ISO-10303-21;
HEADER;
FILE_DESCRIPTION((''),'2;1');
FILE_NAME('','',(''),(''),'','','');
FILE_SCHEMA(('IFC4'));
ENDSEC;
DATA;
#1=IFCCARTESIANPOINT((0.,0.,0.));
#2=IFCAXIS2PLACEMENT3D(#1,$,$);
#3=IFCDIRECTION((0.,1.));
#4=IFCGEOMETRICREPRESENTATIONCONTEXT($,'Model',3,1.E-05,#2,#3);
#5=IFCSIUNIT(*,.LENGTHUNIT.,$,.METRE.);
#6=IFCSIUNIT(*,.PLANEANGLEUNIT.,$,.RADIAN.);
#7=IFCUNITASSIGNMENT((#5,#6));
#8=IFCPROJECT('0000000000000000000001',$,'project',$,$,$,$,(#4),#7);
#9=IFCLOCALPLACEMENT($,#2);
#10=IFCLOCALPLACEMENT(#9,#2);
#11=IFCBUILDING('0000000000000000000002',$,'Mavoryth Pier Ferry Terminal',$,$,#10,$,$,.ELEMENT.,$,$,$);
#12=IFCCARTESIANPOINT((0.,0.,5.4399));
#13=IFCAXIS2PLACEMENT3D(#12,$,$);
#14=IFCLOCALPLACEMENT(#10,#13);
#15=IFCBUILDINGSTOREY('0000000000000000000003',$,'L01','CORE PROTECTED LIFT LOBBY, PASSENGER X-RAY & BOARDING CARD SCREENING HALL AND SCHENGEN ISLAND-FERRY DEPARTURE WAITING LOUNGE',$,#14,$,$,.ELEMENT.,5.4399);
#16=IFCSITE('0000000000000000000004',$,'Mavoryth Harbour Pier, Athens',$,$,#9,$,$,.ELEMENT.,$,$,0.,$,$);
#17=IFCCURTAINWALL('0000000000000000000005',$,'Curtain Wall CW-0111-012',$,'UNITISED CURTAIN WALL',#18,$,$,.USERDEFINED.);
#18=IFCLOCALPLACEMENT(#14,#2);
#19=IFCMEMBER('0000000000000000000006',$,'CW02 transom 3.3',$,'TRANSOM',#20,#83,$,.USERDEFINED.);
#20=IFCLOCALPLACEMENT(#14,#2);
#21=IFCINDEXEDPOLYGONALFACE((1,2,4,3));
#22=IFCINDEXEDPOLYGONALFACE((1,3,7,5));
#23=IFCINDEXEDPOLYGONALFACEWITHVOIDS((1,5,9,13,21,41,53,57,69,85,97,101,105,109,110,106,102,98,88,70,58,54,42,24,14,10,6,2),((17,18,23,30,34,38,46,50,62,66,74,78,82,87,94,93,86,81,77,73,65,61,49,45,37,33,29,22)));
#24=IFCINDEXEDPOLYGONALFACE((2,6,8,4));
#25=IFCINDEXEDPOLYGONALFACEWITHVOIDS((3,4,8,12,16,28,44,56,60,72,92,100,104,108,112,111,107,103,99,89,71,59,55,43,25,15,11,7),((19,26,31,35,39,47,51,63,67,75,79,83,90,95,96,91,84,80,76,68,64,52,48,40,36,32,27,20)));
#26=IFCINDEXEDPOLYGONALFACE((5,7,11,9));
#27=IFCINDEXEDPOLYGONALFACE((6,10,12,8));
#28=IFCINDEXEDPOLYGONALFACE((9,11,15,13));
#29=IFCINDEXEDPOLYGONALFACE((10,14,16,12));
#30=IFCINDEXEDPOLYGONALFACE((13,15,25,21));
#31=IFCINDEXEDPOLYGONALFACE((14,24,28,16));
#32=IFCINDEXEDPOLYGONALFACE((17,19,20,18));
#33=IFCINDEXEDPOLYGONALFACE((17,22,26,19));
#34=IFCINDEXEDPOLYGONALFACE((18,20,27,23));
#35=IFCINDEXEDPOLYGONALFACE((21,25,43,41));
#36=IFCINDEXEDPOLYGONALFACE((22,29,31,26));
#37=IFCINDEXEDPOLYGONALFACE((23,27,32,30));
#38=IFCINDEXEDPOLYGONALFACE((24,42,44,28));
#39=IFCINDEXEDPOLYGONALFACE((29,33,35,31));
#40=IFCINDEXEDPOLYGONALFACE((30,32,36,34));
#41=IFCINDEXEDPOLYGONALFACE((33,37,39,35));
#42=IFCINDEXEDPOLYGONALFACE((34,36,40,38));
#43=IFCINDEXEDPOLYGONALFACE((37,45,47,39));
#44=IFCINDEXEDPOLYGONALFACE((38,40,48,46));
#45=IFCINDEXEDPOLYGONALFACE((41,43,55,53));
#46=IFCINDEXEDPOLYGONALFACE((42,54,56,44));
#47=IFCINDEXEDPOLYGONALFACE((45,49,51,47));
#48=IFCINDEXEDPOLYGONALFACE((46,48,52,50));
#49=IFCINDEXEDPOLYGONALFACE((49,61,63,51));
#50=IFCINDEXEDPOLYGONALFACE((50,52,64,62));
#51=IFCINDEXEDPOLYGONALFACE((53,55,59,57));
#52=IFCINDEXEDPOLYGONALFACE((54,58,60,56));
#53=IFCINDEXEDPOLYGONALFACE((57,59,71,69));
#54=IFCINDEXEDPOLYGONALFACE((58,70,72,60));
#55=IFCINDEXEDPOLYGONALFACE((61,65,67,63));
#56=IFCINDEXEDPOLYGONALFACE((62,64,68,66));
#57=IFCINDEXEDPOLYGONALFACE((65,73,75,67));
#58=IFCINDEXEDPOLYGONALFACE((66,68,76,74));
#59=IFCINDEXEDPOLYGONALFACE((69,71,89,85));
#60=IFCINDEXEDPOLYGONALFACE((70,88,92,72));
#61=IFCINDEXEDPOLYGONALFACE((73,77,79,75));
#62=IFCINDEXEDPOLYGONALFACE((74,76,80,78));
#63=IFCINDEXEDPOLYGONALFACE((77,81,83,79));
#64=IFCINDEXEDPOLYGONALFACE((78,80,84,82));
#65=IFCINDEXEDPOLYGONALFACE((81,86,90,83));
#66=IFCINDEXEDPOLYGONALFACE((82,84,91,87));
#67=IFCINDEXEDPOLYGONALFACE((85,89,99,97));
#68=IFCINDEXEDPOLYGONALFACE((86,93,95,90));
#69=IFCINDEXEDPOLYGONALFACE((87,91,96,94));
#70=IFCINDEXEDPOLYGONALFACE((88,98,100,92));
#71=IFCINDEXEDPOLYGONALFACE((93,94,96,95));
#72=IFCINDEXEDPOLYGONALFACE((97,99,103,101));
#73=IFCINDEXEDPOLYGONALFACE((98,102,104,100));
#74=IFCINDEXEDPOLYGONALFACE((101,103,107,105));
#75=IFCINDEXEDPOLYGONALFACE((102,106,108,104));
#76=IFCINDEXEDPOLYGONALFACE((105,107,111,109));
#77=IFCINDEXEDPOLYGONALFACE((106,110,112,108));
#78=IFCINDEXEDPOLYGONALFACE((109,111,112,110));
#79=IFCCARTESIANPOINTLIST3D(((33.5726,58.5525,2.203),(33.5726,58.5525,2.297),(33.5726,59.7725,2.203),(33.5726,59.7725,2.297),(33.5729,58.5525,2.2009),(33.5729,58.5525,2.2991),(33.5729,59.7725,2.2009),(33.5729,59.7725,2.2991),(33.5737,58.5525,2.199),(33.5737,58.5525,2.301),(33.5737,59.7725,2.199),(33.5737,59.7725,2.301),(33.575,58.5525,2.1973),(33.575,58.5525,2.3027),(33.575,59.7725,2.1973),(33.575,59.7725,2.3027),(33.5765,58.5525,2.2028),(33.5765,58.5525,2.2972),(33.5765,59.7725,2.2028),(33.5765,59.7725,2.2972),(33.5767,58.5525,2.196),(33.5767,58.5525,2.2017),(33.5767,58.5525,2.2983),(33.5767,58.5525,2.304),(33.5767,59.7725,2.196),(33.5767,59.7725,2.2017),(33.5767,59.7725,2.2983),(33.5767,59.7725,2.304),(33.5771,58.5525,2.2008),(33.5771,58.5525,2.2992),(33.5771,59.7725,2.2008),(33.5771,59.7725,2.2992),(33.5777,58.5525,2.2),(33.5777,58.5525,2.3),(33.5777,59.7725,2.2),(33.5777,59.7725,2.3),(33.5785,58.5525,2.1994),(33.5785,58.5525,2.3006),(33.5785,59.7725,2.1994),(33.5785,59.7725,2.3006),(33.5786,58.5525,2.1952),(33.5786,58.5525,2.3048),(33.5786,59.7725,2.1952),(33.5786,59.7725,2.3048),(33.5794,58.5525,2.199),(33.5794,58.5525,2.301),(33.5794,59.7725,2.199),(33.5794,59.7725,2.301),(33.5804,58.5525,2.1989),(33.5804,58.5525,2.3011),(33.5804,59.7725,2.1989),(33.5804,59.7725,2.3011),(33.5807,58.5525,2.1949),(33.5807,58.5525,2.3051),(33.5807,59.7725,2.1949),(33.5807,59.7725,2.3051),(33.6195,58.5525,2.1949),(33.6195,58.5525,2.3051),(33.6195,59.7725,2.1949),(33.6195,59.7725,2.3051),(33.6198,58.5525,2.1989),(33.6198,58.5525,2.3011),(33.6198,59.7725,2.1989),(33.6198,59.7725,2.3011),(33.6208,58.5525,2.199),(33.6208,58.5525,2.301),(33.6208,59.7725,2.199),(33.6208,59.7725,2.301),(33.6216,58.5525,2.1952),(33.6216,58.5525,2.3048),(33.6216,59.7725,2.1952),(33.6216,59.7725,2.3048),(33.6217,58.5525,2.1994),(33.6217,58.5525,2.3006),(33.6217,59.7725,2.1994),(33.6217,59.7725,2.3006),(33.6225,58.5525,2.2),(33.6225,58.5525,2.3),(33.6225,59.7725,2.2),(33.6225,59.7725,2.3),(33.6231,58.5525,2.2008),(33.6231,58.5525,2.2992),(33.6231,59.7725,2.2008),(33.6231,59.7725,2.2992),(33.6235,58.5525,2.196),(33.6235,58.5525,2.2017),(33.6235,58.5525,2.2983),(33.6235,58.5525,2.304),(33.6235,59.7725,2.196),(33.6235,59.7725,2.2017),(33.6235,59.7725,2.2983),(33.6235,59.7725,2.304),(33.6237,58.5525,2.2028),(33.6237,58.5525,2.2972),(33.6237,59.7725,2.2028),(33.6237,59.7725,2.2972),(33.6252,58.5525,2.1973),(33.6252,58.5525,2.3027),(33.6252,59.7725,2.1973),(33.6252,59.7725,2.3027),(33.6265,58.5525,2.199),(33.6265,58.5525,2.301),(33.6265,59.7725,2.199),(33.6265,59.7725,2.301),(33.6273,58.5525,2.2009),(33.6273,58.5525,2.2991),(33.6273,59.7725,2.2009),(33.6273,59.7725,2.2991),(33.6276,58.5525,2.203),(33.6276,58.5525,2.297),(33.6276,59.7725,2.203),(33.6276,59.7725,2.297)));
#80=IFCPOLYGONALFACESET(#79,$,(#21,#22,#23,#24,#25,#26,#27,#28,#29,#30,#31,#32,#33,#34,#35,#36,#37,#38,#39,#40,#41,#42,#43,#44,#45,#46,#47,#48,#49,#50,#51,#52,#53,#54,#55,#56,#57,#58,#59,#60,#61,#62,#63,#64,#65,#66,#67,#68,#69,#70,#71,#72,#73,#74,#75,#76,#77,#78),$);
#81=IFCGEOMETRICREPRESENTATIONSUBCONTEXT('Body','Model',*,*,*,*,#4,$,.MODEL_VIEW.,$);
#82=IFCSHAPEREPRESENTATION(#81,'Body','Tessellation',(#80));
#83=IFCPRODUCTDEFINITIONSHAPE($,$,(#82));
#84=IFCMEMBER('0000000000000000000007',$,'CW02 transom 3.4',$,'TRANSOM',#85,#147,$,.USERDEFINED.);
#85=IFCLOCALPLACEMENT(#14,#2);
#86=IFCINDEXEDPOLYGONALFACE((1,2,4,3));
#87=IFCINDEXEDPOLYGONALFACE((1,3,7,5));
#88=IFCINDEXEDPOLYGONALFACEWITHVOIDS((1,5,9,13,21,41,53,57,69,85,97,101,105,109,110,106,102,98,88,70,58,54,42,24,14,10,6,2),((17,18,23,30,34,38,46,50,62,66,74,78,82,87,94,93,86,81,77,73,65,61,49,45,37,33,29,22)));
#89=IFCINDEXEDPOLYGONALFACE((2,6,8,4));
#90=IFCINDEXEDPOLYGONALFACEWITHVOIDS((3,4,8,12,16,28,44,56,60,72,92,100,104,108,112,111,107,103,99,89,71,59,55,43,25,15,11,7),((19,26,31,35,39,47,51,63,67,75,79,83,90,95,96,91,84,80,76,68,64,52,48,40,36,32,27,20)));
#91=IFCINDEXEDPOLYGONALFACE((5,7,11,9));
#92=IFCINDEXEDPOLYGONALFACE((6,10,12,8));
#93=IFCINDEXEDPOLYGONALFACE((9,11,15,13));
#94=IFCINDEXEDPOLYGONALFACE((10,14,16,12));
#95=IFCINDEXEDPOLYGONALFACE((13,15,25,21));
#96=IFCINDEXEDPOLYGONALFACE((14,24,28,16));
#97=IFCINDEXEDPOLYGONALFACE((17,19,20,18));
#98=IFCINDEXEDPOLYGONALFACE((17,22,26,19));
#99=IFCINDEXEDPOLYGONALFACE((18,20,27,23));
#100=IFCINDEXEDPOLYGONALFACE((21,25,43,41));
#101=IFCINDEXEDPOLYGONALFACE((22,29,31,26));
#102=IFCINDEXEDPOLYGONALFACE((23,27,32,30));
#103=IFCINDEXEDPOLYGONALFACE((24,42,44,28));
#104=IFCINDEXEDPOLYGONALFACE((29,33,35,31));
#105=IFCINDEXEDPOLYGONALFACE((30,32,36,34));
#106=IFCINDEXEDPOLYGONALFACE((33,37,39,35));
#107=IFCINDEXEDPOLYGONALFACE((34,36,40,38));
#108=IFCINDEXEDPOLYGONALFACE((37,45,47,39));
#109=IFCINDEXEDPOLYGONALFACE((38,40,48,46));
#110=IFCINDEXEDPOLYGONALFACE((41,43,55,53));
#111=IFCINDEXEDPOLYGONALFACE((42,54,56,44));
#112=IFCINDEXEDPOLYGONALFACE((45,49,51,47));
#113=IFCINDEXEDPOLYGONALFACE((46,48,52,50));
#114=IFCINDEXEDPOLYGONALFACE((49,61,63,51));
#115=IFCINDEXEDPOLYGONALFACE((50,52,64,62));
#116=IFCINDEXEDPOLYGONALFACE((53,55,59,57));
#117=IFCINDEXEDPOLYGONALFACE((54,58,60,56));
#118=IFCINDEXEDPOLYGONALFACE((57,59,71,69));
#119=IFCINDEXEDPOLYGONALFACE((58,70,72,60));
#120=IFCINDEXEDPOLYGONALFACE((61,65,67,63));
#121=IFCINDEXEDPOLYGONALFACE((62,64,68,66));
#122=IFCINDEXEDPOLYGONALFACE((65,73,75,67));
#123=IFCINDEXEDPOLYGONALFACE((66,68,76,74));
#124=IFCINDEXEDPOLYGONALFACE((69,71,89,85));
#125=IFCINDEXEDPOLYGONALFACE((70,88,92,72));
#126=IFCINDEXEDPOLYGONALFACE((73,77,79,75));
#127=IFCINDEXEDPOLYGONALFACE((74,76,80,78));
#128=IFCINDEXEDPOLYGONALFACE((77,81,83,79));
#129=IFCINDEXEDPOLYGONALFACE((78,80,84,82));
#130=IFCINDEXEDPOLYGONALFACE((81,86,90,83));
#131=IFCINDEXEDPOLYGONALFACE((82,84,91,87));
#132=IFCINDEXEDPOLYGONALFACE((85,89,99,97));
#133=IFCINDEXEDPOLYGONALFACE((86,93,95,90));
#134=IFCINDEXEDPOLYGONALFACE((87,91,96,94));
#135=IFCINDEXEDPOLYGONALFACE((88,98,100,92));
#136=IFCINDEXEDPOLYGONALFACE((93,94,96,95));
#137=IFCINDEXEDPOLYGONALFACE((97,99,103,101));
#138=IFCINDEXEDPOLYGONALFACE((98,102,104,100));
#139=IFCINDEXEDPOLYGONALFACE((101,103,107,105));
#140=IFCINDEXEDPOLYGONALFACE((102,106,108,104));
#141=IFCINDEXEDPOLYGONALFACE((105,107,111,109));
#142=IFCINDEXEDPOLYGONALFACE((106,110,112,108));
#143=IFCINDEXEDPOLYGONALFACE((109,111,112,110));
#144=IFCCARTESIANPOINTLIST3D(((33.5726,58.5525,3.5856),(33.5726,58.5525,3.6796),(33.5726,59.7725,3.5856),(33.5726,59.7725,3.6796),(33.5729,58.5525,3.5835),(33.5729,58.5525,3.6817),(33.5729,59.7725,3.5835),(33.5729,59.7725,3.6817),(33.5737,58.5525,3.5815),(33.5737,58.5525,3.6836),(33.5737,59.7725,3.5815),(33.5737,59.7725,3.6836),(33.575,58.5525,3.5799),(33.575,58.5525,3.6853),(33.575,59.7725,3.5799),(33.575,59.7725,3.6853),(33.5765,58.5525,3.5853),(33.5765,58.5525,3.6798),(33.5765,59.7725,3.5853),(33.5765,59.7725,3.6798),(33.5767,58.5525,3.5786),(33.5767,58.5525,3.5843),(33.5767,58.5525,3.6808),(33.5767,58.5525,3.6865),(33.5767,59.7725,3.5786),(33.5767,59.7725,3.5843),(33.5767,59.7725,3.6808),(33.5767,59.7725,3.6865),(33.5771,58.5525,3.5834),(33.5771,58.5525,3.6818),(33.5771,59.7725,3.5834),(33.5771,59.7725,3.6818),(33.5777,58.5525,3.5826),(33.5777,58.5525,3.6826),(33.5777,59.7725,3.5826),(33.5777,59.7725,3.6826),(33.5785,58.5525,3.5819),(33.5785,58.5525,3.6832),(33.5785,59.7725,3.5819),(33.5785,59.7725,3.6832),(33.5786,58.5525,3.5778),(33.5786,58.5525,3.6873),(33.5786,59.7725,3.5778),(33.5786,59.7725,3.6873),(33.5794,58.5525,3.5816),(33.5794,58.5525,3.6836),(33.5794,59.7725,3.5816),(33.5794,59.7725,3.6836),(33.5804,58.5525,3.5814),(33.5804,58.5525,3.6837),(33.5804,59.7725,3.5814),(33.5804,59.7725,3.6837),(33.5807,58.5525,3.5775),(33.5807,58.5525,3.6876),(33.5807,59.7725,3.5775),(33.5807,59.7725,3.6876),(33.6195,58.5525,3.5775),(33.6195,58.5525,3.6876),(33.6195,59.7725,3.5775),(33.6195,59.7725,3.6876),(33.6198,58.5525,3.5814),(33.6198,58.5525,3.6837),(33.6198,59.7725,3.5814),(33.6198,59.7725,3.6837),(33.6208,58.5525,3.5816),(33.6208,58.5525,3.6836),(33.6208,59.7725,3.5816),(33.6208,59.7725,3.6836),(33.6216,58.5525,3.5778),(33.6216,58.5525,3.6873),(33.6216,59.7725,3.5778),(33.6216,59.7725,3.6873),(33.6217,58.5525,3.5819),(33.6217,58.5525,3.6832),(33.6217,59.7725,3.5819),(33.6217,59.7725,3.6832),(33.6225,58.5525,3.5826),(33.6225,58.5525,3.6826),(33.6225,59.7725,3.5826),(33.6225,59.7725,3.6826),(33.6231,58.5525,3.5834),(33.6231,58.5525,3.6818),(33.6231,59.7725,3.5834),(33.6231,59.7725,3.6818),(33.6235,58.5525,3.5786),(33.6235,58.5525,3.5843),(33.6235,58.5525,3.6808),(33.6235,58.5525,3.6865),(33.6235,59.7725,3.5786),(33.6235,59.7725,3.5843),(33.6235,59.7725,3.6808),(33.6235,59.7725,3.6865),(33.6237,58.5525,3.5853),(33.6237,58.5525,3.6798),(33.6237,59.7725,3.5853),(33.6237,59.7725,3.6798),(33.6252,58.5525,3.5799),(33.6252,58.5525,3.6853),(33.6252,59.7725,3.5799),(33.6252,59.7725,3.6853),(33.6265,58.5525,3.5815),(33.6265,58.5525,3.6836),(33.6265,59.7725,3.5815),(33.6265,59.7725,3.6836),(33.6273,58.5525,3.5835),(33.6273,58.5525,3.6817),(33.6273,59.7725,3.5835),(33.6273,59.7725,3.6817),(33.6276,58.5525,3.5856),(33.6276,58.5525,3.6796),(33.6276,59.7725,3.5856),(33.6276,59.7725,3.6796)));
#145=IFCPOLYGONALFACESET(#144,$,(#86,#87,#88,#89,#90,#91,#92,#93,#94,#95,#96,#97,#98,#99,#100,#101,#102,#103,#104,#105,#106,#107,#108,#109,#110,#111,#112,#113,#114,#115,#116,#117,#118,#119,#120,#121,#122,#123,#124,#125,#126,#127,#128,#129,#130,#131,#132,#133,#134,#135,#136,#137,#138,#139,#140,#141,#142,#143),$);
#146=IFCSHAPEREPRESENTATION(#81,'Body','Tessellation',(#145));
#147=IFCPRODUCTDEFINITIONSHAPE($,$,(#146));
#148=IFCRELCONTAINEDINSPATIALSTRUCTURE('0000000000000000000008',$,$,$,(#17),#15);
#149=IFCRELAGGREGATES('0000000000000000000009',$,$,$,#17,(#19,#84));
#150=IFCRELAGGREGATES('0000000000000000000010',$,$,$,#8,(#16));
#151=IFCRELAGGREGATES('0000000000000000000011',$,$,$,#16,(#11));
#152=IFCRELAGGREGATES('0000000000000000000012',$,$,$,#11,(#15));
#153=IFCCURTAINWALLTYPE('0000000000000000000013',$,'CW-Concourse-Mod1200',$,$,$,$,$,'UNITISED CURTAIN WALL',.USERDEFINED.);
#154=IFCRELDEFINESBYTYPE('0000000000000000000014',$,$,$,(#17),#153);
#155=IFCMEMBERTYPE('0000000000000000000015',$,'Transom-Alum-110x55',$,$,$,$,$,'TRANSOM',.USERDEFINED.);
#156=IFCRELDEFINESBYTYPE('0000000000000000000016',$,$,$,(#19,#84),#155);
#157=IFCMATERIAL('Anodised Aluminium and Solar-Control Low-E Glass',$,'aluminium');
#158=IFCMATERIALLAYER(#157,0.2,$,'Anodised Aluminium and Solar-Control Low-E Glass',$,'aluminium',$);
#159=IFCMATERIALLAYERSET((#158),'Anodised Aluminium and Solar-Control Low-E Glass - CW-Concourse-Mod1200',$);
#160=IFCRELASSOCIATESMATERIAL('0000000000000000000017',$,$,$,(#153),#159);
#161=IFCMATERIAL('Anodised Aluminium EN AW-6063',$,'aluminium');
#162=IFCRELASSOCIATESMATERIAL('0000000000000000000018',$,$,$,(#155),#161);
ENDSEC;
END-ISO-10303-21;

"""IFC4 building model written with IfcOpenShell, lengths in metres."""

from ifc_helpers import new_model, si_unit, direction, frame, origin, origin_2d, place, context, subcontext, project, spatial, hollow_rectangle, extrude, material, layer, layer_set, material_profile, profile_set, type_object, element, aggregate, save


model = new_model("IFC4")

# Units and contexts
model_context = context("Model", 3, precision=1e-05, world=origin(), true_north=direction((0.0, 1.0)))
body_context = subcontext(model_context, "Body", "Model", "MODEL_VIEW")
ifc_project = project(units=[si_unit("LENGTHUNIT", "METRE"), si_unit("PLANEANGLEUNIT", "RADIAN")], contexts=[model_context])

# Site, building, storey
site_placement = place(None, origin())
site = spatial("IfcSite", under=ifc_project, at=site_placement, Name="Mavoryth Harbour Pier, Athens", CompositionType="ELEMENT", RefElevation=0.0)
building_placement = place(site_placement, origin())
building = spatial("IfcBuilding", under=site, at=building_placement, Name="Mavoryth Pier Ferry Terminal", CompositionType="ELEMENT")
storey_placement = place(building_placement, frame((0.0, 0.0, 5.4399)))
storey = spatial("IfcBuildingStorey", under=building, at=storey_placement, Name="L01", Description="CORE PROTECTED LIFT LOBBY, PASSENGER X-RAY & BOARDING CARD SCREENING HALL AND SCHENGEN ISLAND-FERRY DEPARTURE WAITING LOUNGE", CompositionType="ELEMENT", Elevation=5.4399)

# Curtain wall, members
ifc_material_1 = material(Name="Anodised Aluminium and Solar-Control Low-E Glass", Category="aluminium")
ifc_layer_1 = layer(ifc_material_1, 0.2, Name="Anodised Aluminium and Solar-Control Low-E Glass", Category="aluminium")
ifc_layer_set_1 = layer_set([ifc_layer_1], Name="Anodised Aluminium and Solar-Control Low-E Glass - CW-Concourse-Mod1200")
curtain_wall_type = type_object("IfcCurtainWallType", Name="CW-Concourse-Mod1200", ElementType="UNITISED CURTAIN WALL", PredefinedType="USERDEFINED", material=ifc_layer_set_1)
curtain_wall_placement = place(storey_placement, origin())
curtain_wall = element("IfcCurtainWall", 1, at=curtain_wall_placement, inside=storey, type_object=curtain_wall_type, Name="Curtain Wall CW-0111-012", ObjectType="UNITISED CURTAIN WALL", PredefinedType="USERDEFINED")
ifc_material_2 = material(Name="Anodised Aluminium EN AW-6063", Category="aluminium")
ifc_material_profile_1 = material_profile(ifc_material_2, hollow_rectangle(XDim=0.0549, YDim=0.1101, WallThickness=0.0039, InnerFilletRadius=0.0039, OuterFilletRadius=0.0081, at=origin_2d()), Name="AL-TRAN 110x55x4", Category="aluminium")
ifc_profile_set_1 = profile_set([ifc_material_profile_1], Name="Anodised Aluminium EN AW-6063 - AL-TRAN 110x55x4")
member_type_1 = type_object("IfcMemberType", Name="Transom-Alum-110x55", ElementType="TRANSOM", PredefinedType="USERDEFINED", material=ifc_profile_set_1)
member_1_placement = place(storey_placement, frame((33.6001, 58.5525, 2.25), z_axis=(0.0, 1.0, 0.0), x_axis=(-1.0, 0.0, 0.0)))
member_1 = element("IfcMember", 2, at=member_1_placement, type_object=member_type_1, Name="CW02 transom 3.3", ObjectType="TRANSOM", PredefinedType="USERDEFINED", context=body_context, shape_type="SweptSolid", body=[
    extrude(hollow_rectangle(XDim=0.0549, YDim=0.1101, WallThickness=0.0039, InnerFilletRadius=0.0039, OuterFilletRadius=0.0081, at=origin_2d()), origin(), (0.0, 0.0, 1.0), 1.22),
])
member_2_placement = place(storey_placement, frame((33.6001, 58.5525, 3.6326), z_axis=(0.0, 1.0, 0.0), x_axis=(-1.0, 0.0, 0.0)))
member_2 = element("IfcMember", 3, at=member_2_placement, type_object=member_type_1, Name="CW02 transom 3.4", ObjectType="TRANSOM", PredefinedType="USERDEFINED", context=body_context, shape_type="SweptSolid", body=[
    extrude(hollow_rectangle(XDim=0.0549, YDim=0.1101, WallThickness=0.0039, InnerFilletRadius=0.0039, OuterFilletRadius=0.0081, at=origin_2d()), origin(), (0.0, 0.0, 1.0), 1.22),
])
aggregate(curtain_wall, [member_1, member_2])

save(model, "model.ifc")
